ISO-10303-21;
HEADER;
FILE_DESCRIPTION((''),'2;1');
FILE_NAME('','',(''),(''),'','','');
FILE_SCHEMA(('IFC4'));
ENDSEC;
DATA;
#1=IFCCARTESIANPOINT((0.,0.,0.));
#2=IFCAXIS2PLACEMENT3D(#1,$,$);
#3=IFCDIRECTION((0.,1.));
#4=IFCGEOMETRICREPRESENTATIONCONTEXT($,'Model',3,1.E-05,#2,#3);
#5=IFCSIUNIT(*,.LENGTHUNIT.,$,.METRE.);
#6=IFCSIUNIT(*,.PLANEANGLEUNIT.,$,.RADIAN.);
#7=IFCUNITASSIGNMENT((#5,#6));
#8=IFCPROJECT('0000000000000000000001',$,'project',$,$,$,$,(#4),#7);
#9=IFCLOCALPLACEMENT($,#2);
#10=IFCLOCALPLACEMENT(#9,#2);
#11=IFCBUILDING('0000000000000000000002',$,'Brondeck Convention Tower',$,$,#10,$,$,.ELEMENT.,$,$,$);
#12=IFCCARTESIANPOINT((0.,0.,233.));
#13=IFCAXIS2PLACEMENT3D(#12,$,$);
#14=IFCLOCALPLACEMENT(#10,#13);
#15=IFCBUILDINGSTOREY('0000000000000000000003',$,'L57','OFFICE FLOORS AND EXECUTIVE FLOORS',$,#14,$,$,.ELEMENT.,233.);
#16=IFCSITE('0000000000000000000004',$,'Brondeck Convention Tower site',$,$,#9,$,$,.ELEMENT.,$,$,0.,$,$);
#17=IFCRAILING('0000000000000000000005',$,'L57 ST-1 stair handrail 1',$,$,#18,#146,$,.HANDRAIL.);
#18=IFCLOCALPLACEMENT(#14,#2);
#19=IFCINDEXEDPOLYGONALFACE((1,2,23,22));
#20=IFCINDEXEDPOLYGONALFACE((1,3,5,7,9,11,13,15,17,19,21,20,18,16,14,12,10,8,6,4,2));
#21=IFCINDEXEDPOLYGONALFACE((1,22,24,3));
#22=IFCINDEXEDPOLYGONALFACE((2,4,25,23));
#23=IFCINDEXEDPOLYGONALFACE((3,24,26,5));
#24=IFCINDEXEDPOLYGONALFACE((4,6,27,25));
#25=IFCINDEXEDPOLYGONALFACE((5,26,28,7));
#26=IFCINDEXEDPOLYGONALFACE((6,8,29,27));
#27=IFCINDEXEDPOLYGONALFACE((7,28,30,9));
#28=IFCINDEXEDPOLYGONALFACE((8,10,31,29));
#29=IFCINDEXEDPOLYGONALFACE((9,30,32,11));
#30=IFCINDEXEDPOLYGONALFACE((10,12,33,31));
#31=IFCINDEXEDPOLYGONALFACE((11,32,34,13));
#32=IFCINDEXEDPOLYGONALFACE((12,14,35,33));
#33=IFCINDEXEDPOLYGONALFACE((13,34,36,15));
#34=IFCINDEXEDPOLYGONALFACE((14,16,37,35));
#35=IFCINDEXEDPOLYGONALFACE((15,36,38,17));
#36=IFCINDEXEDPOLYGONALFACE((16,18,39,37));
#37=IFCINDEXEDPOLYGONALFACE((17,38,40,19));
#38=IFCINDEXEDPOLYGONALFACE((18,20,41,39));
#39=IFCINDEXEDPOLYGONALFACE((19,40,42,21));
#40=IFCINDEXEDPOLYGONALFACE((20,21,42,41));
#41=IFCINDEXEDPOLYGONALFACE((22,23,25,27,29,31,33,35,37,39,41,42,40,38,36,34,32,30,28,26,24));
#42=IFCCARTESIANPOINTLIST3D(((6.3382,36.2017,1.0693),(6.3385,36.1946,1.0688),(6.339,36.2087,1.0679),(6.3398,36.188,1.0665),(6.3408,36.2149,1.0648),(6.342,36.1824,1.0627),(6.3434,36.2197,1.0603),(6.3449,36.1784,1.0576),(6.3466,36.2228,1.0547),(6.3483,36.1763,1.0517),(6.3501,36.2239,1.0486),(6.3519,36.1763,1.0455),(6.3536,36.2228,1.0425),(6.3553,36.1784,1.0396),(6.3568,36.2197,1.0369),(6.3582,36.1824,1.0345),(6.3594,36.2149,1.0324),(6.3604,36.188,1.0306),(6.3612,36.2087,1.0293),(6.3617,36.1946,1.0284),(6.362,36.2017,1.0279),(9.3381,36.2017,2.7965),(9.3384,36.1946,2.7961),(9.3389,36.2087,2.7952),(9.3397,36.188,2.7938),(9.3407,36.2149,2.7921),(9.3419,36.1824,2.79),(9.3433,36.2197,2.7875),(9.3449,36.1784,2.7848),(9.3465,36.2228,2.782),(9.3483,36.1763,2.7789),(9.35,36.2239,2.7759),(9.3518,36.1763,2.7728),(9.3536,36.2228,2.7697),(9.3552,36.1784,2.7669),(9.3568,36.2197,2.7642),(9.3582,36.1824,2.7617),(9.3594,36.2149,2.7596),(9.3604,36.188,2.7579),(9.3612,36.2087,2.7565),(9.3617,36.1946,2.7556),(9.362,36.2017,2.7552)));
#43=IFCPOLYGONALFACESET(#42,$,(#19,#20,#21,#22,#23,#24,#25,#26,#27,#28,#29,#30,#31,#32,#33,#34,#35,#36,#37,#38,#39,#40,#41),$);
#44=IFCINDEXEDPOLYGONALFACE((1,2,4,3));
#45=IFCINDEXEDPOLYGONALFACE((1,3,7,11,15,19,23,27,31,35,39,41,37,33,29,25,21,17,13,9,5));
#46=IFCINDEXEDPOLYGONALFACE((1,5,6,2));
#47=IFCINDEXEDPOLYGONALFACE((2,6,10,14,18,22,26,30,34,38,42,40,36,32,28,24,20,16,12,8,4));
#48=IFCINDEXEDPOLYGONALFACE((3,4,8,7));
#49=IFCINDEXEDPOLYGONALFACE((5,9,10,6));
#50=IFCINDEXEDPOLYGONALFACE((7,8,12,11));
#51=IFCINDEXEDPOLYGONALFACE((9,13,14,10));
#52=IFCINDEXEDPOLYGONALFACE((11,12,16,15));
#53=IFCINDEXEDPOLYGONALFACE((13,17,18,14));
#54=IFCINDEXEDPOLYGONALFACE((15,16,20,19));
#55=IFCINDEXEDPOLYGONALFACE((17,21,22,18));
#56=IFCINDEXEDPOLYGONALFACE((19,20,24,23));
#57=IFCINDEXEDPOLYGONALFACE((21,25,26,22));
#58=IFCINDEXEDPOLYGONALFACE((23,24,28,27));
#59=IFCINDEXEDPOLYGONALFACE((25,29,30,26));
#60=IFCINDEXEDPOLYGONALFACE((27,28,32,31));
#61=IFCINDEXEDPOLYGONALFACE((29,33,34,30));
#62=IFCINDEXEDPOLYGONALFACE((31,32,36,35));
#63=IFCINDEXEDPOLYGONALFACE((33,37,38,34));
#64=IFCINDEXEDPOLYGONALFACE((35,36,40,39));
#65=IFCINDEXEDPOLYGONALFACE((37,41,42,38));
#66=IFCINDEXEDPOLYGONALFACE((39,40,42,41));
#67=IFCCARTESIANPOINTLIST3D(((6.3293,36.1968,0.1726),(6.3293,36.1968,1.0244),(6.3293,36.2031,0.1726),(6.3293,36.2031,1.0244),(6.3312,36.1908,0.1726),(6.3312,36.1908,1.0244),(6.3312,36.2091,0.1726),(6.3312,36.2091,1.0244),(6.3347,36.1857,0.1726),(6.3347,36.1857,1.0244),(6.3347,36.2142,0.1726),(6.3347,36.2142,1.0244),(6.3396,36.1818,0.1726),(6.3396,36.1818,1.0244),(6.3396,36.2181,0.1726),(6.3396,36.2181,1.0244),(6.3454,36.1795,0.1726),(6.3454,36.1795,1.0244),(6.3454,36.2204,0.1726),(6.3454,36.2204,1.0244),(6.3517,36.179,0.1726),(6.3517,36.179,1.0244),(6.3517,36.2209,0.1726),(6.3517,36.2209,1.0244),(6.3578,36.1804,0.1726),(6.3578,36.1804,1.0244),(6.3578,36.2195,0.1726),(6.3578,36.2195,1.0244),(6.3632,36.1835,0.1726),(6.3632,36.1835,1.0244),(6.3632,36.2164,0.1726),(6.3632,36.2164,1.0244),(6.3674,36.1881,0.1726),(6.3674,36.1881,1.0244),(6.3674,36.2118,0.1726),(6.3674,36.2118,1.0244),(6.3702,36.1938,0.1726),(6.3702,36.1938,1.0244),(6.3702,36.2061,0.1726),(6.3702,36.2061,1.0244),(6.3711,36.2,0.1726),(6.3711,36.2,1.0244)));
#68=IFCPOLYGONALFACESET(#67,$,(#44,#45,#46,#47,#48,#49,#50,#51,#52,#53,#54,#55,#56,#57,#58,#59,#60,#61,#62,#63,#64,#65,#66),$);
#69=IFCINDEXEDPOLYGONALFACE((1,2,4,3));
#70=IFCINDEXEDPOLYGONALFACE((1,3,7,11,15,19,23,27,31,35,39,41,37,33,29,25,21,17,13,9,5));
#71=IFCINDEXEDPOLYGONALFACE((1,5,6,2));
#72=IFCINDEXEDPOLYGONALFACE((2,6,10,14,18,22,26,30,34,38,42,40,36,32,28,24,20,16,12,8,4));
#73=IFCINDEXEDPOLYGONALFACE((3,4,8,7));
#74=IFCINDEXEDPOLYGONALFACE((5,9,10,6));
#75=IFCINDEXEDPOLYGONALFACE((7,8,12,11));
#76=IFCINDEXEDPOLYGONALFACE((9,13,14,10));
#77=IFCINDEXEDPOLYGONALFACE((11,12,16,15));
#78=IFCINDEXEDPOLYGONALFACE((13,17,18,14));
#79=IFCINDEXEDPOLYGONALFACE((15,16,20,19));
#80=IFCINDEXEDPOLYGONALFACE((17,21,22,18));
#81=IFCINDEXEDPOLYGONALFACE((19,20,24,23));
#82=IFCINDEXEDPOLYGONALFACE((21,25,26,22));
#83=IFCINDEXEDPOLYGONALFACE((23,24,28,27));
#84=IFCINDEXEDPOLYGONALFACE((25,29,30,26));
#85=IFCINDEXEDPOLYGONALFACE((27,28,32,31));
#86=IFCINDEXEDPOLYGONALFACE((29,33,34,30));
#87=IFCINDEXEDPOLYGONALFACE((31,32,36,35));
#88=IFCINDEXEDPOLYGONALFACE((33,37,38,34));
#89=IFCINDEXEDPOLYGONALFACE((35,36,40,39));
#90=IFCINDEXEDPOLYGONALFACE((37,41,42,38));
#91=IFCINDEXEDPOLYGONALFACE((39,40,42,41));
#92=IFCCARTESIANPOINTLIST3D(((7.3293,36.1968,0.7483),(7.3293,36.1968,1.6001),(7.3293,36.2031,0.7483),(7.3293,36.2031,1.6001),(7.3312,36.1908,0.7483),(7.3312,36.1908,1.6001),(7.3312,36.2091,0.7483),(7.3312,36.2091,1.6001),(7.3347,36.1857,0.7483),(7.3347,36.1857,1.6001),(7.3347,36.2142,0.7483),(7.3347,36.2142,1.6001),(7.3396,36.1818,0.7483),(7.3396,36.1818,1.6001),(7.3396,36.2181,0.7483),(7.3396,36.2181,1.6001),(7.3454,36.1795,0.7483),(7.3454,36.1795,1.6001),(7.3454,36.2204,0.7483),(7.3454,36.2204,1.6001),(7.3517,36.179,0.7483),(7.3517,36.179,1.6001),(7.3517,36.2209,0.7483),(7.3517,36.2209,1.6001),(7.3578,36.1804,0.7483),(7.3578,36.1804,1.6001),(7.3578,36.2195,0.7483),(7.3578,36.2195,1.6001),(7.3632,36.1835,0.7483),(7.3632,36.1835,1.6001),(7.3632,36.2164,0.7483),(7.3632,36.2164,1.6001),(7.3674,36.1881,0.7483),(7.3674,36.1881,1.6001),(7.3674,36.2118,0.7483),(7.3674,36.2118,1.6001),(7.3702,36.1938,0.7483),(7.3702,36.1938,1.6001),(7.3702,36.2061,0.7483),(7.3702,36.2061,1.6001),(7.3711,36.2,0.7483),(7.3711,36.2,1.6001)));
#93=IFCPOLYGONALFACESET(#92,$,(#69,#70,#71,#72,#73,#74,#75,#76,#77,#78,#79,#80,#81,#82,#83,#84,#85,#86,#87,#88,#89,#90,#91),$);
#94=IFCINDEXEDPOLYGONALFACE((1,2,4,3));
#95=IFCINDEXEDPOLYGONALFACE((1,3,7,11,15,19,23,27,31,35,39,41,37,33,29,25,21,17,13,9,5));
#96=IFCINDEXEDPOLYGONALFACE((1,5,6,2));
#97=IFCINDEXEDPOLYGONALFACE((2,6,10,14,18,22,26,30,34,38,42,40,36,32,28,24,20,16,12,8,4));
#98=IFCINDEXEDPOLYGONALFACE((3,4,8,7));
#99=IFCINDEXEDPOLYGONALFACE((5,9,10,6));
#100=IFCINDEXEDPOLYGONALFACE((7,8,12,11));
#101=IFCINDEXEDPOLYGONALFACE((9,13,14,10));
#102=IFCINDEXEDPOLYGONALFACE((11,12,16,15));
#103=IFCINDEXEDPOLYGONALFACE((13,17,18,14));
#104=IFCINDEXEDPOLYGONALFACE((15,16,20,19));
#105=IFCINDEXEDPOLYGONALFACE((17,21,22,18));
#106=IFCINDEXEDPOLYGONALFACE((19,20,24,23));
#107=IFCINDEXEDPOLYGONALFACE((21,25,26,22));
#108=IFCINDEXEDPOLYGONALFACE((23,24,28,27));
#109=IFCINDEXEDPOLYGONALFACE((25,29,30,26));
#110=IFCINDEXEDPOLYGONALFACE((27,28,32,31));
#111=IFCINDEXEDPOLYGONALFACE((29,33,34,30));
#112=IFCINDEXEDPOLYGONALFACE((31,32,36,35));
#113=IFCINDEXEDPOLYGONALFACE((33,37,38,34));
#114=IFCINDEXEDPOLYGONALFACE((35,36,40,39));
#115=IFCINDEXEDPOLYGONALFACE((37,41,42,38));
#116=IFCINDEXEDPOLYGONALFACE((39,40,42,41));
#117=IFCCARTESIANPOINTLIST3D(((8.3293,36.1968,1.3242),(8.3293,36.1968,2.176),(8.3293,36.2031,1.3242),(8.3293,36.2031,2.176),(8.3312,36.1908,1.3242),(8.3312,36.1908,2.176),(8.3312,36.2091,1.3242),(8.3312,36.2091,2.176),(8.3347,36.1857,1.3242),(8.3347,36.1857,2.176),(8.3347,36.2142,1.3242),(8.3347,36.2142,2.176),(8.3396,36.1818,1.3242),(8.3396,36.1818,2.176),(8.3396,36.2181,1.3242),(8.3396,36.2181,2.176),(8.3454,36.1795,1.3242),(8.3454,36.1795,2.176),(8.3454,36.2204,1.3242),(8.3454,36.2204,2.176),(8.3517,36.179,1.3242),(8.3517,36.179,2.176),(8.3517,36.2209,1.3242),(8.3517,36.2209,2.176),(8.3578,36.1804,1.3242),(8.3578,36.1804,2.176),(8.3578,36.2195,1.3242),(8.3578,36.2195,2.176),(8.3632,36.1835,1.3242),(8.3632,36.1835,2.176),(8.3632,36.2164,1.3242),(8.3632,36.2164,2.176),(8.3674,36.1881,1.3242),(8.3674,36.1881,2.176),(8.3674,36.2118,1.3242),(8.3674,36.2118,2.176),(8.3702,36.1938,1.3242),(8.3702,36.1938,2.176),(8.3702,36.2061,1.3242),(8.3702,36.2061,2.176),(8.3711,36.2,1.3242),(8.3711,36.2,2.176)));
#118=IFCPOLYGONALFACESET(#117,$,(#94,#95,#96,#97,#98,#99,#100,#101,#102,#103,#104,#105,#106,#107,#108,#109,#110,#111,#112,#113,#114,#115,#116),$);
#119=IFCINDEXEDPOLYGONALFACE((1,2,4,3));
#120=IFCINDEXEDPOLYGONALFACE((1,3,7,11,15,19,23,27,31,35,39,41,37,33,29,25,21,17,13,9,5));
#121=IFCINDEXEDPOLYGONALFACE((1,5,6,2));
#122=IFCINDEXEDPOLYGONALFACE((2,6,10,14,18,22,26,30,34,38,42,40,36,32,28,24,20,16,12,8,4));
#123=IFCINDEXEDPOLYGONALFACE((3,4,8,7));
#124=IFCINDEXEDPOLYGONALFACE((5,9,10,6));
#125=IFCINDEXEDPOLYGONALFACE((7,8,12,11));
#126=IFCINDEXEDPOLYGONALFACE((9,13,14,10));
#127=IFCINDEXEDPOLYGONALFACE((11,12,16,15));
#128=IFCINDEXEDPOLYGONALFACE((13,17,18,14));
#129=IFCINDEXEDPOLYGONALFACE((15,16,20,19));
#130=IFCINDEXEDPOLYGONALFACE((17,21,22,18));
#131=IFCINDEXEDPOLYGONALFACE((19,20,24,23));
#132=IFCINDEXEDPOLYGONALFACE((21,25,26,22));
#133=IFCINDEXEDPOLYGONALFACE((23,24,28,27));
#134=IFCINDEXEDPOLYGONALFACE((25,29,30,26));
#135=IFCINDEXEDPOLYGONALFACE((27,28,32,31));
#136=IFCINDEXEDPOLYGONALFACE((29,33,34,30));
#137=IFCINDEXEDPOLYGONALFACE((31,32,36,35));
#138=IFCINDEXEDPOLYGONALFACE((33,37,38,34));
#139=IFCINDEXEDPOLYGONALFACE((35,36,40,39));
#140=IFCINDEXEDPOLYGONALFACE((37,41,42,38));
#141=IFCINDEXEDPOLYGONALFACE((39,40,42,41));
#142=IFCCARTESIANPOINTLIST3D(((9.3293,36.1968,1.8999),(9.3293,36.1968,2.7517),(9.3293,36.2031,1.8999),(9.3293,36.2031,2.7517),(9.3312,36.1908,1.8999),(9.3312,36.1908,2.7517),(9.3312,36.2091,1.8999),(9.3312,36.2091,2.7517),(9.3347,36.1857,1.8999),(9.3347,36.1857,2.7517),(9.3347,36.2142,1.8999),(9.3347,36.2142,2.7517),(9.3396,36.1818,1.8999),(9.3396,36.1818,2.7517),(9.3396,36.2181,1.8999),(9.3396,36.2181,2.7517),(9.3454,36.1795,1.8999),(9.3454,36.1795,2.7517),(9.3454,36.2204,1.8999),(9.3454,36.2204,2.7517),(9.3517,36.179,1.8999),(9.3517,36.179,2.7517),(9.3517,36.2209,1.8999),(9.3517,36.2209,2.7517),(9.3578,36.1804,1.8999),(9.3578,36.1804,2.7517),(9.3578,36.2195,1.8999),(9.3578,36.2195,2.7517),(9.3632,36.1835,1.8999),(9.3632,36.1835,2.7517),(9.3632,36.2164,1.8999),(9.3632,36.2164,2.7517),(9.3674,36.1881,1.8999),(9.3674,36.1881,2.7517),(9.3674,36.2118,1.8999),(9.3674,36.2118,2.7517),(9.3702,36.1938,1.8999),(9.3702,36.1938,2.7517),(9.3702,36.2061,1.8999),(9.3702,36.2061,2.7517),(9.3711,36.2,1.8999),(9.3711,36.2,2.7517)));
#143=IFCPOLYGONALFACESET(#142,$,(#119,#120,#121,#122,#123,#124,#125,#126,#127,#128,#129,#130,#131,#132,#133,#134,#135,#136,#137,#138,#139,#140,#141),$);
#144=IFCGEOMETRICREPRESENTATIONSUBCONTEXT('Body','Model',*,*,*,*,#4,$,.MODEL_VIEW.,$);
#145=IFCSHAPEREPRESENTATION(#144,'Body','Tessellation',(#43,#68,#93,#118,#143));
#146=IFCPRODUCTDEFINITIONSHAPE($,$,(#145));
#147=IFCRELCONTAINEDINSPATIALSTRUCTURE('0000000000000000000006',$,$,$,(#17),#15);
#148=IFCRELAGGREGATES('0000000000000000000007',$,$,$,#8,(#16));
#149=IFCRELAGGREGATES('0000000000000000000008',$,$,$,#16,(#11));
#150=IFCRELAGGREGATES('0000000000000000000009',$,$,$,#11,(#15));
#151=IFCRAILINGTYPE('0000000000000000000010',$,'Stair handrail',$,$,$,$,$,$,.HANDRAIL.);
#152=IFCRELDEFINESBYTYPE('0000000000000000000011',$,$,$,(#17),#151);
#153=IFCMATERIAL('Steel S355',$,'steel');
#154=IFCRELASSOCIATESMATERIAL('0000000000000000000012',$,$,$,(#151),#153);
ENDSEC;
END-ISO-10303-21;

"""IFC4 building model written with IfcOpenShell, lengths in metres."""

from ifc_helpers import new_model, si_unit, direction, frame, origin, origin_2d, place, context, subcontext, project, spatial, circle, extrude, material, type_object, element, save


model = new_model("IFC4")

# Units and contexts
model_context = context("Model", 3, precision=1e-05, world=origin(), true_north=direction((0.0, 1.0)))
body_context = subcontext(model_context, "Body", "Model", "MODEL_VIEW")
ifc_project = project(units=[si_unit("LENGTHUNIT", "METRE"), si_unit("PLANEANGLEUNIT", "RADIAN")], contexts=[model_context])

# Site, building, storey
site_placement = place(None, origin())
site = spatial("IfcSite", under=ifc_project, at=site_placement, Name="Brondeck Convention Tower site", CompositionType="ELEMENT", RefElevation=0.0)
building_placement = place(site_placement, origin())
building = spatial("IfcBuilding", under=site, at=building_placement, Name="Brondeck Convention Tower", CompositionType="ELEMENT")
storey_placement = place(building_placement, frame((0.0, 0.0, 233.0)))
storey = spatial("IfcBuildingStorey", under=building, at=storey_placement, Name="L57", Description="OFFICE FLOORS AND EXECUTIVE FLOORS", CompositionType="ELEMENT", Elevation=233.0)

# Shared definitions
ifc_material_1 = material(Name="Steel S355", Category="steel")

# Railing
railing_type_1 = type_object("IfcRailingType", Name="Stair handrail", PredefinedType="HANDRAIL", material=ifc_material_1)
railing_1_placement = place(storey_placement, frame((6.3501, 36.2, 0.1726)))
element("IfcRailing", 1, at=railing_1_placement, inside=storey, type_object=railing_type_1, Name="L57 ST-1 stair handrail 1", PredefinedType="HANDRAIL", context=body_context, shape_type="SweptSolid", body=[
    extrude(circle(Radius=0.0239, at=origin_2d()), frame((0.0, 0.0, 0.876), z_axis=(0.86662, 0.0, 0.498969), x_axis=(0.0, 1.0, 0.0)), (0.0, 0.0, 1.0), 3.4617),
    extrude(circle(Radius=0.021, at=origin_2d()), origin(), (0.0, 0.0, 1.0), 0.8518),
    extrude(circle(Radius=0.021, at=origin_2d()), frame((1.0, 0.0, 0.5757)), (0.0, 0.0, 1.0), 0.8518),
    extrude(circle(Radius=0.021, at=origin_2d()), frame((2.0, 0.0, 1.1516)), (0.0, 0.0, 1.0), 0.8518),
    extrude(circle(Radius=0.021, at=origin_2d()), frame((3.0, 0.0, 1.7273)), (0.0, 0.0, 1.0), 0.8518),
])

save(model, "model.ifc")
